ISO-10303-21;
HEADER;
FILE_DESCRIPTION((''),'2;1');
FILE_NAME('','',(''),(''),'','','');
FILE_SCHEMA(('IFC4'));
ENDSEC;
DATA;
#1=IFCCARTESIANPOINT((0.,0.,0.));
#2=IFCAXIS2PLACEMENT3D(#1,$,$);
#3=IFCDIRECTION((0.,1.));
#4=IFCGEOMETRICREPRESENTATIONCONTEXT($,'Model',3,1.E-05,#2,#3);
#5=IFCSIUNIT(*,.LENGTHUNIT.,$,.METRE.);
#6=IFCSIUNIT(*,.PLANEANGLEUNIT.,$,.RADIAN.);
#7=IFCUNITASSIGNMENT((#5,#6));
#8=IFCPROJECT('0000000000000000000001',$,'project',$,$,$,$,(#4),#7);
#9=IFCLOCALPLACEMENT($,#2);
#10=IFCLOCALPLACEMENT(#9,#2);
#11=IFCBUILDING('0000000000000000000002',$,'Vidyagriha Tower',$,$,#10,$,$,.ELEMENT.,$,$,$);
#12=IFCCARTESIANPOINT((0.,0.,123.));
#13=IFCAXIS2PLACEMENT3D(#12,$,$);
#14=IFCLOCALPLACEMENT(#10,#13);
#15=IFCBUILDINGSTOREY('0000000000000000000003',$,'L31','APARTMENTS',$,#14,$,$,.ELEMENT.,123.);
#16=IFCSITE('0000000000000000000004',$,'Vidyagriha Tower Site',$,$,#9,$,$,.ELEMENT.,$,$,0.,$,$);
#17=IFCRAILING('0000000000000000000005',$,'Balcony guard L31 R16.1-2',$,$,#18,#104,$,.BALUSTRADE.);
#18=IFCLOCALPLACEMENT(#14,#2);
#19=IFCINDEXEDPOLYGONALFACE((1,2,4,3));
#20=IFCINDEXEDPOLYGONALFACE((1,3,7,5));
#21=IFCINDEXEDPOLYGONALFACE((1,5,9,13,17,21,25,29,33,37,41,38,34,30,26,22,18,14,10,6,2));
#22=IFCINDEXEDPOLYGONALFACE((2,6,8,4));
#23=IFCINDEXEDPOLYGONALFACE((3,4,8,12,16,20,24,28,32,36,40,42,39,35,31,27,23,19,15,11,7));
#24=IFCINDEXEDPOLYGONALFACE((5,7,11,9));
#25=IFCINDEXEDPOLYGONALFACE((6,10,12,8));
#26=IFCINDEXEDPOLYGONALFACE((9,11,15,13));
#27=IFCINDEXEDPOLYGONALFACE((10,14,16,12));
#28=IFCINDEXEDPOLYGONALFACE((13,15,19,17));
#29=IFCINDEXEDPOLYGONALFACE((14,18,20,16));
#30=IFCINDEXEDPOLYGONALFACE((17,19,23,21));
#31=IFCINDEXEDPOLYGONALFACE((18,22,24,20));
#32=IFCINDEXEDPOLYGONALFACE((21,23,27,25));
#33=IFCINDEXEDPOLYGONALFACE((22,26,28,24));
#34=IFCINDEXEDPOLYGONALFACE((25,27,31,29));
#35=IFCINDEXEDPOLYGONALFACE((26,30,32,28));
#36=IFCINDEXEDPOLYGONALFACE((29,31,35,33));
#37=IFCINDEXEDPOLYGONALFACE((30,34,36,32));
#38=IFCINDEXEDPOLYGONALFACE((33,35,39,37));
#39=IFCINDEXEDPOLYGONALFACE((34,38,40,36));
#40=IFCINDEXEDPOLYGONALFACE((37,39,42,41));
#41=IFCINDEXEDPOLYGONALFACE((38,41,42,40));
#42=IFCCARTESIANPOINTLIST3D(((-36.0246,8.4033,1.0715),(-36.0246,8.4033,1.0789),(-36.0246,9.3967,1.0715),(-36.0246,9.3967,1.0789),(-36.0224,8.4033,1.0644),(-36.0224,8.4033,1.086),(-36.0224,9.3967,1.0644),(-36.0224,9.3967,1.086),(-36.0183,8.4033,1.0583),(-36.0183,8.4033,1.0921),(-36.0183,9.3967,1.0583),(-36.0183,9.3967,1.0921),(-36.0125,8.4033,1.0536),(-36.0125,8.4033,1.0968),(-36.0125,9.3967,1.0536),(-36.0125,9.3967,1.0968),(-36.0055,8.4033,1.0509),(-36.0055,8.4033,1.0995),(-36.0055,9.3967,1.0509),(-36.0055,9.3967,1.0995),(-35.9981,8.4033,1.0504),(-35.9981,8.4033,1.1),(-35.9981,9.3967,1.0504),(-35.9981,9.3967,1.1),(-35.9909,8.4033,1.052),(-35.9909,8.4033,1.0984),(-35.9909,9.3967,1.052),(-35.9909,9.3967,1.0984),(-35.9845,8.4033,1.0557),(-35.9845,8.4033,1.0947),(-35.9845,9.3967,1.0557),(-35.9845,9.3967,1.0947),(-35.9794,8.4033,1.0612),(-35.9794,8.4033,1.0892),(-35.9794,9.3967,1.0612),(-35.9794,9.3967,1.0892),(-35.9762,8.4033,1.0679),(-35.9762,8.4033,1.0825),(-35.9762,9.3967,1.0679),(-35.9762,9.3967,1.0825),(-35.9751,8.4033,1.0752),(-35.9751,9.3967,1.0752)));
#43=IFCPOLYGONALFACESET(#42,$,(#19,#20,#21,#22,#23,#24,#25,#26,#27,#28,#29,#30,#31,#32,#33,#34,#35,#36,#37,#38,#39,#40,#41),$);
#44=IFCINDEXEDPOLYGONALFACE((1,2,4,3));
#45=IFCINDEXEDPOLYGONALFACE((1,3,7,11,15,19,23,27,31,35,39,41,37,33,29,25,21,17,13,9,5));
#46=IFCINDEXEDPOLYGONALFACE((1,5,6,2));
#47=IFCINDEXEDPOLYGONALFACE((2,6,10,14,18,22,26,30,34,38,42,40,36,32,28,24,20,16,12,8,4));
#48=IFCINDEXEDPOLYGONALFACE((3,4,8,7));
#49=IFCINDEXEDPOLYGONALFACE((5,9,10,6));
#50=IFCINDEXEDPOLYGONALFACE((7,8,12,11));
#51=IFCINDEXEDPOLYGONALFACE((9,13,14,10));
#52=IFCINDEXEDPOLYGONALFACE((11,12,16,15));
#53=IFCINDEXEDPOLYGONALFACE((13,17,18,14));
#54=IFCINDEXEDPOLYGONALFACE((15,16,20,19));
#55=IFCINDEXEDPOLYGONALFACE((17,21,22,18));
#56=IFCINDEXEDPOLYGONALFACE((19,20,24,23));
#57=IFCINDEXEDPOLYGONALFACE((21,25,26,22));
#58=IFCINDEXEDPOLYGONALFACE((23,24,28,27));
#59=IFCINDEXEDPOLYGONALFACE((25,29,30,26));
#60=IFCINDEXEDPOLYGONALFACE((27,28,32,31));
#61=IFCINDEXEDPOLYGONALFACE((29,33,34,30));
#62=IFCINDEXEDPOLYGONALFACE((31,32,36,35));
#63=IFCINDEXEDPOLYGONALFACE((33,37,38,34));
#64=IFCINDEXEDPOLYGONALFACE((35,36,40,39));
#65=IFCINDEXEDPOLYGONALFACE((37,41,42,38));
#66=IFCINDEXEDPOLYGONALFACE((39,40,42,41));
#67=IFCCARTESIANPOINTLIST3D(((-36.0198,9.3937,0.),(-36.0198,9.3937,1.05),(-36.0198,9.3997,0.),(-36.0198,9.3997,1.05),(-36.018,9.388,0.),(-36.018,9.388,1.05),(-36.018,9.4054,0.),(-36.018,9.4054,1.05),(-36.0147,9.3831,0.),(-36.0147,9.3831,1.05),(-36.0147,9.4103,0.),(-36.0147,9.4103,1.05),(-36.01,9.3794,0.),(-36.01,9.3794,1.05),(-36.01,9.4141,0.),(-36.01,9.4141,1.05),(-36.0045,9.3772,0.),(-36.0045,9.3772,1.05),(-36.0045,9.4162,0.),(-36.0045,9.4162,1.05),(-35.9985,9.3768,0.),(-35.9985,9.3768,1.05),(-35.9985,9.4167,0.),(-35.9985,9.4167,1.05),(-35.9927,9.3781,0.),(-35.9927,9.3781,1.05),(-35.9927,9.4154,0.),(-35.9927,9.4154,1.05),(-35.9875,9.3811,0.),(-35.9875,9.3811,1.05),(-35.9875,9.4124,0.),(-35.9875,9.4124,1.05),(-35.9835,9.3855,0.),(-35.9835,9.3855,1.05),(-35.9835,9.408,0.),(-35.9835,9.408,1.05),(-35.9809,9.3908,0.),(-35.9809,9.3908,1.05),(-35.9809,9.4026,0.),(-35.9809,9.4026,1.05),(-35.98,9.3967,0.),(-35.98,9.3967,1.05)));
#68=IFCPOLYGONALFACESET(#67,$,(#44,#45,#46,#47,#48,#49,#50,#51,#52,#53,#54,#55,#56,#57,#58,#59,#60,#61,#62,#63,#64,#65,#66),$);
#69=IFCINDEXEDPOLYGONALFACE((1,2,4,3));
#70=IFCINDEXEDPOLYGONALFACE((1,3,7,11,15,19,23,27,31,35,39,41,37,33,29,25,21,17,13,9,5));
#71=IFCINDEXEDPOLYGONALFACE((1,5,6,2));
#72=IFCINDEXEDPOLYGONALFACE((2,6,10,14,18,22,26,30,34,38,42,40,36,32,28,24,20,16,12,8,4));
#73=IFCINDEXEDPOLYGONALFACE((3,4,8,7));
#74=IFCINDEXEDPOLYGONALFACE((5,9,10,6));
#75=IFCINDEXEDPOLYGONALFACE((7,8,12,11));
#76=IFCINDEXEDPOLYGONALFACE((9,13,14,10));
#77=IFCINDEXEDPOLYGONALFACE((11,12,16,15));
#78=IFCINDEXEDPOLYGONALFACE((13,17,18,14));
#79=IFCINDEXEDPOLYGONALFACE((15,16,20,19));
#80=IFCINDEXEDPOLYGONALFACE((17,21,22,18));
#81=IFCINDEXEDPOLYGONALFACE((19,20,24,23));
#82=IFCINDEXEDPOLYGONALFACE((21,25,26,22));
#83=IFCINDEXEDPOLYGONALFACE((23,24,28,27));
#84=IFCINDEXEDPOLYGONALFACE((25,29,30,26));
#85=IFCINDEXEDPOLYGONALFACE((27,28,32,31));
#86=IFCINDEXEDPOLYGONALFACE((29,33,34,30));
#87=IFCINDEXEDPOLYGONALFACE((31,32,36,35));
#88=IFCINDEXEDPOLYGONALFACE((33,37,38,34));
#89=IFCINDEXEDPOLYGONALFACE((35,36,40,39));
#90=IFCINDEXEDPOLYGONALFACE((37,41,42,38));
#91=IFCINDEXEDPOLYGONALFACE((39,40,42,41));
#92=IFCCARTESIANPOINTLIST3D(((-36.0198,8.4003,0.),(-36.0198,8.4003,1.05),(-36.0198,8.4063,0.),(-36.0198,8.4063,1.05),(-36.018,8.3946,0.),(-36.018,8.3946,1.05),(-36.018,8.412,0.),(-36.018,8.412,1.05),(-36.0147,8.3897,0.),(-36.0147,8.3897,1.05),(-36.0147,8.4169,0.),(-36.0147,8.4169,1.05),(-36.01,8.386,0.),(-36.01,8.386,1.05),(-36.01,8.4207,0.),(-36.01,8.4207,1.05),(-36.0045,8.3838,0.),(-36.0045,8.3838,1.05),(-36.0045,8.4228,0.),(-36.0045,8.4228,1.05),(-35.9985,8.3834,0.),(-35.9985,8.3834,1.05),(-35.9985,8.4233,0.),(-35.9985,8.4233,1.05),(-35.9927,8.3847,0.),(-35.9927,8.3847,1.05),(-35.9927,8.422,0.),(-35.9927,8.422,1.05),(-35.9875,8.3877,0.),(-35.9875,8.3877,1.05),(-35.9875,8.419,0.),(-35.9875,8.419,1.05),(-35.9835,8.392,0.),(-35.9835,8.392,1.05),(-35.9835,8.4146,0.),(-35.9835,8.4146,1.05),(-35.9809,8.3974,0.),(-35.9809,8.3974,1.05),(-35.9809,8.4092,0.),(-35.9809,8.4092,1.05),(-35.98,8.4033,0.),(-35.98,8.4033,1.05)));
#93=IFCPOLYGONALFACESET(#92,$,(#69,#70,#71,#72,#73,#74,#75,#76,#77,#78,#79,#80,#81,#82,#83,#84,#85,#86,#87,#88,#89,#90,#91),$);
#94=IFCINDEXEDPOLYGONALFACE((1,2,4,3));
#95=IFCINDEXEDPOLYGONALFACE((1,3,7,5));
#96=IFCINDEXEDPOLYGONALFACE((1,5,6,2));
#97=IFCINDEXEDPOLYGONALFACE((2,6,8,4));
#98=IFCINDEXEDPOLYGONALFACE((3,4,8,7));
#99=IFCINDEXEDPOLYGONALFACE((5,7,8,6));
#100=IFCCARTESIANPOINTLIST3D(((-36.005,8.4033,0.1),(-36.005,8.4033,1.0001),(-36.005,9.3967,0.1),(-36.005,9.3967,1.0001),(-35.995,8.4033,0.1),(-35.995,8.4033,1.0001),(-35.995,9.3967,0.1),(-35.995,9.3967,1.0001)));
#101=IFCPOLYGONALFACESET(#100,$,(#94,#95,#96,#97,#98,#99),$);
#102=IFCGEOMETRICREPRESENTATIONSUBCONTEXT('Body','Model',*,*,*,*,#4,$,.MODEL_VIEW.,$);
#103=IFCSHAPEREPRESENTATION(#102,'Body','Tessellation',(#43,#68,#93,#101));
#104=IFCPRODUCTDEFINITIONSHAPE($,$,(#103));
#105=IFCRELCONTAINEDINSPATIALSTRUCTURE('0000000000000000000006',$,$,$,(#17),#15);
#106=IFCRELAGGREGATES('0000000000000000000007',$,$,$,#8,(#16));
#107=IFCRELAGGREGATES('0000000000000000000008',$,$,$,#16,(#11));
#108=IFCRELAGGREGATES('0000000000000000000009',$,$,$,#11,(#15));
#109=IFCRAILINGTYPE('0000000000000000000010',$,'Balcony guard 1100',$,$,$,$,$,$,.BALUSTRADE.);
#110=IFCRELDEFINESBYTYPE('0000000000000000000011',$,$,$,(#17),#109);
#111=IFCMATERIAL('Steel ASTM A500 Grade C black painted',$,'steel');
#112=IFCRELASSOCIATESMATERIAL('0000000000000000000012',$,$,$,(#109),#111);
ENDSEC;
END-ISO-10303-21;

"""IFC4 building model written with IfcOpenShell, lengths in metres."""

from ifc_helpers import new_model, si_unit, direction, frame, origin, origin_2d, place, context, subcontext, project, spatial, rectangle, circle, extrude, material, type_object, element, save


model = new_model("IFC4")

# Units and contexts
model_context = context("Model", 3, precision=1e-05, world=origin(), true_north=direction((0.0, 1.0)))
body_context = subcontext(model_context, "Body", "Model", "MODEL_VIEW")
ifc_project = project(units=[si_unit("LENGTHUNIT", "METRE"), si_unit("PLANEANGLEUNIT", "RADIAN")], contexts=[model_context])

# Site, building, storey
site_placement = place(None, origin())
site = spatial("IfcSite", under=ifc_project, at=site_placement, Name="Vidyagriha Tower Site", CompositionType="ELEMENT", RefElevation=0.0)
building_placement = place(site_placement, origin())
building = spatial("IfcBuilding", under=site, at=building_placement, Name="Vidyagriha Tower", CompositionType="ELEMENT")
storey_placement = place(building_placement, frame((0.0, 0.0, 123.0)))
storey = spatial("IfcBuildingStorey", under=building, at=storey_placement, Name="L31", Description="APARTMENTS", CompositionType="ELEMENT", Elevation=123.0)

# Railing
ifc_material_1 = material(Name="Steel ASTM A500 Grade C black painted", Category="steel")
railing_type = type_object("IfcRailingType", Name="Balcony guard 1100", PredefinedType="BALUSTRADE", material=ifc_material_1)
railing_1_placement = place(storey_placement, frame((-36.0, 9.3967, 0.0)))
element("IfcRailing", 1, at=railing_1_placement, inside=storey, type_object=railing_type, Name="Balcony guard L31 R16.1-2", PredefinedType="BALUSTRADE", context=body_context, shape_type="SweptSolid", body=[
    extrude(circle(Radius=0.0249, at=origin_2d()), frame((0.0, 0.0, 1.0752), z_axis=(0.0, -1.0, 0.0), x_axis=(1.0, 0.0, 0.0)), (0.0, 0.0, 1.0), 0.9934),
    extrude(circle(Radius=0.02, at=origin_2d()), origin(), (0.0, 0.0, 1.0), 1.05),
    extrude(circle(Radius=0.02, at=origin_2d()), frame((0.0, -0.9934, 0.0)), (0.0, 0.0, 1.0), 1.05),
    extrude(rectangle(XDim=0.01, YDim=0.9001, at=origin_2d()), frame((0.0, 0.0, 0.55), z_axis=(0.0, -1.0, 0.0), x_axis=(1.0, 0.0, 0.0)), (0.0, 0.0, 1.0), 0.9934),
])

save(model, "model.ifc")
